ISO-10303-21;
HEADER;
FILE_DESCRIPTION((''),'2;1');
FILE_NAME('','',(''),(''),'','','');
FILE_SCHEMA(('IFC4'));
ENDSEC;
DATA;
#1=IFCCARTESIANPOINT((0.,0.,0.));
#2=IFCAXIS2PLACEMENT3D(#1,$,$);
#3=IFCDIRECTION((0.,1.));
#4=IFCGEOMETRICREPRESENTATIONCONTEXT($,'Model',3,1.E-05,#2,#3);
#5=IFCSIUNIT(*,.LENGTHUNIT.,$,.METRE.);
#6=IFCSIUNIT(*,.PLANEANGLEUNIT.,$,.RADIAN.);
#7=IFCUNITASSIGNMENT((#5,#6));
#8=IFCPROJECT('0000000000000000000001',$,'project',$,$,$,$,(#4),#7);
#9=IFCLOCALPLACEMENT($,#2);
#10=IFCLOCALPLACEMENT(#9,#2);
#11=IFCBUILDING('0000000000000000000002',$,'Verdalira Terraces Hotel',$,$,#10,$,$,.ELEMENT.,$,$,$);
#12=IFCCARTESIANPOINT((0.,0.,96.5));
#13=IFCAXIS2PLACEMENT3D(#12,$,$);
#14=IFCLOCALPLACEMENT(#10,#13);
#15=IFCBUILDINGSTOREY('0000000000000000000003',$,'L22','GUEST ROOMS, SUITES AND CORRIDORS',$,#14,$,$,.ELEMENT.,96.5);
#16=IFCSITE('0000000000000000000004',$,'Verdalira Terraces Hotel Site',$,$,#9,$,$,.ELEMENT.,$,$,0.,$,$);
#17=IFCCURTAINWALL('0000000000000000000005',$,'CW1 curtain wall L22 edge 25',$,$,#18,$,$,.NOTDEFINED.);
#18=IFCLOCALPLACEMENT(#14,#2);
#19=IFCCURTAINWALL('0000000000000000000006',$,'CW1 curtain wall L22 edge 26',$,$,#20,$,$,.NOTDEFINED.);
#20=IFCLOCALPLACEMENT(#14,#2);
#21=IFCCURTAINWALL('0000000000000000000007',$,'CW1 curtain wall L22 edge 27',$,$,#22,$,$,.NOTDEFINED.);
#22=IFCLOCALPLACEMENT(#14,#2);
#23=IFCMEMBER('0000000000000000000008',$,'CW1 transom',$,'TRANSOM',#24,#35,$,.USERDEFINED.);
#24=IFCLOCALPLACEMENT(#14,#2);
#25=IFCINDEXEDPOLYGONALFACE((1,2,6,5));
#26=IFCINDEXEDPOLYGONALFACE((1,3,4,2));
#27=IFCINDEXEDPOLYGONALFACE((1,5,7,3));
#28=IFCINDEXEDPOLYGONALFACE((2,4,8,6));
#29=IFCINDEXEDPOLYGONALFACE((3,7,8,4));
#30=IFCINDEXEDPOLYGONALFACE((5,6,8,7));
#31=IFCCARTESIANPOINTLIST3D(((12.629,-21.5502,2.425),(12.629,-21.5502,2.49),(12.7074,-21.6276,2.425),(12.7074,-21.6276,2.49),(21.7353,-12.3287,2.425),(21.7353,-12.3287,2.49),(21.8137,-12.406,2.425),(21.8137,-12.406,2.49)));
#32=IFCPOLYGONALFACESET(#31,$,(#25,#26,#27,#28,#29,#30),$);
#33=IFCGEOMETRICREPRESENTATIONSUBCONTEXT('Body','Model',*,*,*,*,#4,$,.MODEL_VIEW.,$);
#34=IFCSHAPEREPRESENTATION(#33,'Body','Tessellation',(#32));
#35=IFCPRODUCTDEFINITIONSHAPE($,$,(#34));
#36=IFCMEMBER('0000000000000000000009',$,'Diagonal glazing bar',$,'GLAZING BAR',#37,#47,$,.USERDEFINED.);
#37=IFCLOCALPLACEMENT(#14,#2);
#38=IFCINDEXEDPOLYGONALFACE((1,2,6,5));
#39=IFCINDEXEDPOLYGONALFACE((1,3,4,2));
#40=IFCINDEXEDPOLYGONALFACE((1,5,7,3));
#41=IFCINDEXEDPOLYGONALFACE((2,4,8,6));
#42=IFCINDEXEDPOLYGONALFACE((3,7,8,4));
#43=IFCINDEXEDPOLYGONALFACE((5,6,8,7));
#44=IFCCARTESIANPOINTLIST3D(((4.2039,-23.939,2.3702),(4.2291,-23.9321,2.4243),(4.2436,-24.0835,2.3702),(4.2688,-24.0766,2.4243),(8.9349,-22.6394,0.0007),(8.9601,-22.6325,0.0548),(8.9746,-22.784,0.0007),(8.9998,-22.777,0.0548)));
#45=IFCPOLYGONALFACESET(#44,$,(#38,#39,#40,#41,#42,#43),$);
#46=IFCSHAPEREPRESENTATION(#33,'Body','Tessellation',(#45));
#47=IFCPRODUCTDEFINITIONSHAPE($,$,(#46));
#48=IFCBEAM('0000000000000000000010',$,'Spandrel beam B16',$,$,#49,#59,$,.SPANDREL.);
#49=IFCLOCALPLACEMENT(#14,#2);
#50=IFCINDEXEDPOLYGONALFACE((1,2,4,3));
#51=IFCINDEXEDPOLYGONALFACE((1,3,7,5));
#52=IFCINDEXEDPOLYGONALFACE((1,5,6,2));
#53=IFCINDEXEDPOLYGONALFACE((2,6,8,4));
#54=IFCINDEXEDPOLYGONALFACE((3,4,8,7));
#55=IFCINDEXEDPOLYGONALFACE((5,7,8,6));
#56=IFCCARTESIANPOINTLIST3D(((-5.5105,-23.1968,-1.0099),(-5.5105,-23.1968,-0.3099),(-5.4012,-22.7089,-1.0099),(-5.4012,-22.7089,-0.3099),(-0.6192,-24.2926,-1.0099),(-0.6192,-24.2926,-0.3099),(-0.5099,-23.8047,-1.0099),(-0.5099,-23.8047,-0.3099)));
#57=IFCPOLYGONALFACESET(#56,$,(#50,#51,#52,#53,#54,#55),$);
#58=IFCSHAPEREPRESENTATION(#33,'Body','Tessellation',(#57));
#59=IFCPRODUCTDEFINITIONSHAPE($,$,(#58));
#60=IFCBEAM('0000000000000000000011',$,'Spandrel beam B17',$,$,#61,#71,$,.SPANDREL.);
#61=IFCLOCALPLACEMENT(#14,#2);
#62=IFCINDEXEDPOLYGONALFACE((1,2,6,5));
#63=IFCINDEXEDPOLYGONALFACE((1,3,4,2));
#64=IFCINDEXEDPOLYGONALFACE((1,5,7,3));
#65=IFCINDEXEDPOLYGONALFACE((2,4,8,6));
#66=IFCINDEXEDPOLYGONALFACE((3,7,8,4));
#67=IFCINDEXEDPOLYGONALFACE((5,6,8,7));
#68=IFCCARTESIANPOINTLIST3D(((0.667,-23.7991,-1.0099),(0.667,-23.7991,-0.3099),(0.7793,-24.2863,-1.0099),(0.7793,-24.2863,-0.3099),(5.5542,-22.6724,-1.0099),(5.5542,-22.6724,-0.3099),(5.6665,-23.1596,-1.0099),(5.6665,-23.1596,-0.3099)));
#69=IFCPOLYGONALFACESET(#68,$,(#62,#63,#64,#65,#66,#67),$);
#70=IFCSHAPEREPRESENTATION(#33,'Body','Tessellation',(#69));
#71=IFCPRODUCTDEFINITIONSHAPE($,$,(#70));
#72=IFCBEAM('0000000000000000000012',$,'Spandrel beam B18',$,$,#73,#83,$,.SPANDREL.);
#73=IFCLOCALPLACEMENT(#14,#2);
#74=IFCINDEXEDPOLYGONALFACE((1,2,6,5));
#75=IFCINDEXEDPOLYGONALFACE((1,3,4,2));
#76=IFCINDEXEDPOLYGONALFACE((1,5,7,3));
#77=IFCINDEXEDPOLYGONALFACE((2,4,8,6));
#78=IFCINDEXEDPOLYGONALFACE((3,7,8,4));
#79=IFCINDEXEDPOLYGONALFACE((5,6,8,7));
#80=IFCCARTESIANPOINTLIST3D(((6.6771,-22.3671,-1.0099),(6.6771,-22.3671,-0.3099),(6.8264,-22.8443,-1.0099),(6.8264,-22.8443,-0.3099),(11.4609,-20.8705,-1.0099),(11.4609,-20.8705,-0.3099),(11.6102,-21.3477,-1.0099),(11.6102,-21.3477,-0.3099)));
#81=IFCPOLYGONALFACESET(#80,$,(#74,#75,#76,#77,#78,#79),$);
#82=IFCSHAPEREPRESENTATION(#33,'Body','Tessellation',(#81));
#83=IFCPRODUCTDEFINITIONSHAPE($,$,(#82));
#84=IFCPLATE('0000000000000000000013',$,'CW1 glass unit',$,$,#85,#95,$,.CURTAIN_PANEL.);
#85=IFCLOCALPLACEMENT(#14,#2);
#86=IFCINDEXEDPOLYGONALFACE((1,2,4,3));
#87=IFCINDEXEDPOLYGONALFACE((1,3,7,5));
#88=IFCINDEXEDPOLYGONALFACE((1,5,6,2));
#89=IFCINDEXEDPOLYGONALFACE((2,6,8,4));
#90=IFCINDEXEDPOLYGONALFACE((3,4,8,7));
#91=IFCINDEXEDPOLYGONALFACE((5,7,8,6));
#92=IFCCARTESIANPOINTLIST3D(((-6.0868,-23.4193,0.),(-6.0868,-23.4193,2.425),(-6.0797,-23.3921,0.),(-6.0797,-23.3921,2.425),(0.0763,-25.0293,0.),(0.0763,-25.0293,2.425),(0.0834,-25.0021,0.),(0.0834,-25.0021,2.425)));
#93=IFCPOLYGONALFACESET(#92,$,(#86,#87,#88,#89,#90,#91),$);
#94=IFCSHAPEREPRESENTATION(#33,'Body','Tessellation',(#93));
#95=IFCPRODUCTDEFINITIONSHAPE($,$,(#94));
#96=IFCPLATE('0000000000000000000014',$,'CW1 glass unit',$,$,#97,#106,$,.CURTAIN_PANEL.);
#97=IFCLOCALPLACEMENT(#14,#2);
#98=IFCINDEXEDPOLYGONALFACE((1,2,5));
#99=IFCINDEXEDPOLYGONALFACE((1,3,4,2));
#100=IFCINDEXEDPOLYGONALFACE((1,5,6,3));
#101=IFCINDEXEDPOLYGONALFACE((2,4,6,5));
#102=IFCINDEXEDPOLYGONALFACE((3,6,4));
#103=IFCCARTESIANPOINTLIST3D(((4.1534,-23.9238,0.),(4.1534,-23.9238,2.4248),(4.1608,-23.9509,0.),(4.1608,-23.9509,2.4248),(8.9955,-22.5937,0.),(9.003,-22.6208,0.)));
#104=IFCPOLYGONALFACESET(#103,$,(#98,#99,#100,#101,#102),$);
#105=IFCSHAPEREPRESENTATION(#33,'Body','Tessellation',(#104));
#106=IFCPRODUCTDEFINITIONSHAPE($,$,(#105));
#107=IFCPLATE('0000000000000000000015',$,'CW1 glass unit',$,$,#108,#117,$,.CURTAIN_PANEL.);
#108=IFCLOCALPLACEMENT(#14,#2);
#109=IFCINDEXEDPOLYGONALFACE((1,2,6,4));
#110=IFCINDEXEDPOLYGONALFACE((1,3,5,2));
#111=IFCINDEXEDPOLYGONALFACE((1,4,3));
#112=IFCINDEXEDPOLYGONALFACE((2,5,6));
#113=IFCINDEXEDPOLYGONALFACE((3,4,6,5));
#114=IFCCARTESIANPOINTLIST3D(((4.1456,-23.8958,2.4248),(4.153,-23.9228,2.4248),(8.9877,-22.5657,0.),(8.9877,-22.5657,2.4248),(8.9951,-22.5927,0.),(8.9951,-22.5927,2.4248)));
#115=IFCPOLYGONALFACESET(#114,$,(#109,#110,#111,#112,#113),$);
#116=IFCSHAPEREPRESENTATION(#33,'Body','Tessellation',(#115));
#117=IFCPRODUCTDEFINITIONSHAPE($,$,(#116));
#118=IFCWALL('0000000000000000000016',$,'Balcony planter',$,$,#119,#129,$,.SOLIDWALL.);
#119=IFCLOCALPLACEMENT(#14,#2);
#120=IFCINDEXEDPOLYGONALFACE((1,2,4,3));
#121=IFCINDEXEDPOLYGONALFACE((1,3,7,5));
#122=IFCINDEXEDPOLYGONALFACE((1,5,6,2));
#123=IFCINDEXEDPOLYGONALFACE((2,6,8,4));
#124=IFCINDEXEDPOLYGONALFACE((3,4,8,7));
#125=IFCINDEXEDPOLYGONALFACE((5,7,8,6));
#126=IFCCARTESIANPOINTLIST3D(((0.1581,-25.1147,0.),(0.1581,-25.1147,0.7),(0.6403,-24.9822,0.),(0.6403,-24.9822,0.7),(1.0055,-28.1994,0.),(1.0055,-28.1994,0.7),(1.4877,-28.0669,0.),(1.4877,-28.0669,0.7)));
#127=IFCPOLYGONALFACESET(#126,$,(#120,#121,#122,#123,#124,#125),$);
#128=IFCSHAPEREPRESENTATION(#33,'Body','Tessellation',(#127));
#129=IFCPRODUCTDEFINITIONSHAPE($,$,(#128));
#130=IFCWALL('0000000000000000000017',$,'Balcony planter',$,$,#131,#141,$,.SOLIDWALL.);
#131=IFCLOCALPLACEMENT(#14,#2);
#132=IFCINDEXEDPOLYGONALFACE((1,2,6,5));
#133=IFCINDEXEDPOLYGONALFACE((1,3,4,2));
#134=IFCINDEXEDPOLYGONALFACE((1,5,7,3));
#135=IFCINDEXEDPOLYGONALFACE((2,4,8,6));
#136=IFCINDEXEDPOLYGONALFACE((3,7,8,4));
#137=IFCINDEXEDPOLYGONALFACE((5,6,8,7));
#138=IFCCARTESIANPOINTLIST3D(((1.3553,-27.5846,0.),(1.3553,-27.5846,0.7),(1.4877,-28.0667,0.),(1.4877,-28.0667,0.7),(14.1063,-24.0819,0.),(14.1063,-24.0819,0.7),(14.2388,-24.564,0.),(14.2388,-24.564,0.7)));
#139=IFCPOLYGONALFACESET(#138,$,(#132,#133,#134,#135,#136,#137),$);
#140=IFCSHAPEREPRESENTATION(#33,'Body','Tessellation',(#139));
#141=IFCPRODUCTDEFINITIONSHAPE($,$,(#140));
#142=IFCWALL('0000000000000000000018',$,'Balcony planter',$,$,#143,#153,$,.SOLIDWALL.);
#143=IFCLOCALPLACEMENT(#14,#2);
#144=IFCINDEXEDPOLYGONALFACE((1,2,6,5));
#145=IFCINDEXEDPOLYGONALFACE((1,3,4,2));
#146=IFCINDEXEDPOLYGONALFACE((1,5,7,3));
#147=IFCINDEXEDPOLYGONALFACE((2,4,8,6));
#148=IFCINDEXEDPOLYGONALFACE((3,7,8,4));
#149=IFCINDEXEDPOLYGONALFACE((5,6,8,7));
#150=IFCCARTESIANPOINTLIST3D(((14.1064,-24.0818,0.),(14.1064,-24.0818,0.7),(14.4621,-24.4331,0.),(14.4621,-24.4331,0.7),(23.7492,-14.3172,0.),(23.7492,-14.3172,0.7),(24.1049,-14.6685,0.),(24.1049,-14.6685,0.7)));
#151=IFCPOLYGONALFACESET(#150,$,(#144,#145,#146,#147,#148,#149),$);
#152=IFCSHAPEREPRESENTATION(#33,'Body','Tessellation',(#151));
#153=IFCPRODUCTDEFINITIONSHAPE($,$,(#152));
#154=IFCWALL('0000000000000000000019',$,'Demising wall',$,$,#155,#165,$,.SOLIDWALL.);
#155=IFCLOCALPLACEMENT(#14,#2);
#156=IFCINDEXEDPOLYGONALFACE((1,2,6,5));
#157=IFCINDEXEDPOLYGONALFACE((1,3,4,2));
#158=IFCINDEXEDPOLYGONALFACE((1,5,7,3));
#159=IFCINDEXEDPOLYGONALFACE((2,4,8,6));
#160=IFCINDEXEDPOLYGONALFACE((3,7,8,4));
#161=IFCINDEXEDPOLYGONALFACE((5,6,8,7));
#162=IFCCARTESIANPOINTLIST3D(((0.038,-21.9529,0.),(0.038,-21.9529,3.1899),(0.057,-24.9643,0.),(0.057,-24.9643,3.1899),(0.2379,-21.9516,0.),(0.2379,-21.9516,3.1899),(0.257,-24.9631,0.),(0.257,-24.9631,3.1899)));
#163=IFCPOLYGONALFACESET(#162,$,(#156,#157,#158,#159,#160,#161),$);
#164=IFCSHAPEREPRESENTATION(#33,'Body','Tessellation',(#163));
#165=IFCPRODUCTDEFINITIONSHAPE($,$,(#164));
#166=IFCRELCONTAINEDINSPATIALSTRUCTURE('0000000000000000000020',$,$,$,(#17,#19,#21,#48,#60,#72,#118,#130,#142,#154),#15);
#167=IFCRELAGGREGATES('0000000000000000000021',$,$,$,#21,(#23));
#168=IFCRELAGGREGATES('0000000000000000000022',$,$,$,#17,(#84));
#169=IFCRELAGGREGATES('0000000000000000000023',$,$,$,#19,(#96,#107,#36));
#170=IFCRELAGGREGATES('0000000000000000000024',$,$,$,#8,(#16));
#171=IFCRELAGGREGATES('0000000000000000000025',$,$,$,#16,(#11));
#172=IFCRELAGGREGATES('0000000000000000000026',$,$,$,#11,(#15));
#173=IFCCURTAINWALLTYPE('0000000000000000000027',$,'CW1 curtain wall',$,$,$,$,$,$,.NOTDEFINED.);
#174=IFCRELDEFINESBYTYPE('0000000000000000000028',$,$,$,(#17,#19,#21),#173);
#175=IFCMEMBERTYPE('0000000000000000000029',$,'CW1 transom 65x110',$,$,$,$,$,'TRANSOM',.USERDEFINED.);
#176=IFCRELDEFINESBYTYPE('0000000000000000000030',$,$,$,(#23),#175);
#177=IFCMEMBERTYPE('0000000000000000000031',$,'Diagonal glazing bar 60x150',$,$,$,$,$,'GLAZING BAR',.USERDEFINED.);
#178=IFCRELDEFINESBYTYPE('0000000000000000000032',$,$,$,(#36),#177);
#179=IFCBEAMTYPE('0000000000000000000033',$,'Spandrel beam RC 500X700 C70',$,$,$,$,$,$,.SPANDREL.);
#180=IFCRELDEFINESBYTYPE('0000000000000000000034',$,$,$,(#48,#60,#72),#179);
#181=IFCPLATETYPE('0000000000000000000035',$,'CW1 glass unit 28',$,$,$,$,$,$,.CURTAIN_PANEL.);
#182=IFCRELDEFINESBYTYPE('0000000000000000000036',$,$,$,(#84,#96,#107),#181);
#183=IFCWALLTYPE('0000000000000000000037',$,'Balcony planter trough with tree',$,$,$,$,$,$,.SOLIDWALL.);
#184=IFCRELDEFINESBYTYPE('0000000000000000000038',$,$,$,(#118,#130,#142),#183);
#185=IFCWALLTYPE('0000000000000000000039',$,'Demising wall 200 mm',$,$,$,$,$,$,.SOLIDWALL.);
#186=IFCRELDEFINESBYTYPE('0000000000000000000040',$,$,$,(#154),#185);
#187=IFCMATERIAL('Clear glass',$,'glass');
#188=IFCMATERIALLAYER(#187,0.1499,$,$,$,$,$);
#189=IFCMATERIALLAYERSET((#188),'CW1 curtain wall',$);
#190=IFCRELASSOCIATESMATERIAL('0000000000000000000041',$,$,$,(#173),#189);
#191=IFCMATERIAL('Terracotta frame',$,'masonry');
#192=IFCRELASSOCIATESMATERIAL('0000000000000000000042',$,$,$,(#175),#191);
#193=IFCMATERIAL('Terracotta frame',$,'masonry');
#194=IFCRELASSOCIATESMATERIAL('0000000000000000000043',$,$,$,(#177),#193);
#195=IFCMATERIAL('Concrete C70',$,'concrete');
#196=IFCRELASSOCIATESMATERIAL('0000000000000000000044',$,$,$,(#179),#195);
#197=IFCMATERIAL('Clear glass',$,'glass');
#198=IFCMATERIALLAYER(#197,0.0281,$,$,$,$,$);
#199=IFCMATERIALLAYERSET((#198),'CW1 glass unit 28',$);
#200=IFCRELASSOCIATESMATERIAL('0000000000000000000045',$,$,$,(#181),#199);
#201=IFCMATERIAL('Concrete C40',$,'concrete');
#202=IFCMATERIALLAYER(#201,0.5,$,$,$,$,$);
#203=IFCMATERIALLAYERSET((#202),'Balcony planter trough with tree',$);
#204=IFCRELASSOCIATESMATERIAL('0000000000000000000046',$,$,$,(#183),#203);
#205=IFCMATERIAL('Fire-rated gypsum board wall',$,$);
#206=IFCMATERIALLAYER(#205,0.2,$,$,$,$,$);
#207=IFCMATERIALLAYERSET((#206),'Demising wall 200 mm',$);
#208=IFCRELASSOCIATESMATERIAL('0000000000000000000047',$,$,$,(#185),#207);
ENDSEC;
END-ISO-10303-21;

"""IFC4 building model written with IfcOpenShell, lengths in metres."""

from ifc_helpers import new_model, si_unit, direction, frame, frame_2d, origin, origin_2d, place, context, subcontext, project, spatial, polyline, rectangle, outline, extrude, material, layer, layer_set, material_profile, profile_set, type_object, element, aggregate, save


model = new_model("IFC4")

# Units and contexts
model_context = context("Model", 3, precision=1e-05, world=origin(), true_north=direction((0.0, 1.0)))
body_context = subcontext(model_context, "Body", "Model", "MODEL_VIEW")
ifc_project = project(units=[si_unit("LENGTHUNIT", "METRE"), si_unit("PLANEANGLEUNIT", "RADIAN")], contexts=[model_context])

# Site, building, storey
site_placement = place(None, origin())
site = spatial("IfcSite", under=ifc_project, at=site_placement, Name="Verdalira Terraces Hotel Site", CompositionType="ELEMENT", RefElevation=0.0)
building_placement = place(site_placement, origin())
building = spatial("IfcBuilding", under=site, at=building_placement, Name="Verdalira Terraces Hotel", CompositionType="ELEMENT")
storey_placement = place(building_placement, frame((0.0, 0.0, 96.5)))
storey = spatial("IfcBuildingStorey", under=building, at=storey_placement, Name="L22", Description="GUEST ROOMS, SUITES AND CORRIDORS", CompositionType="ELEMENT", Elevation=96.5)

# Curtain wall
ifc_material_1 = material(Name="Clear glass", Category="glass")
ifc_layer_1 = layer(ifc_material_1, 0.1499)
ifc_layer_set_1 = layer_set([ifc_layer_1], Name="CW1 curtain wall")
curtain_wall_type = type_object("IfcCurtainWallType", Name="CW1 curtain wall", PredefinedType="NOTDEFINED", material=ifc_layer_set_1)
curtain_wall_1_placement = place(storey_placement, origin())
curtain_wall_1 = element("IfcCurtainWall", 1, at=curtain_wall_1_placement, inside=storey, type_object=curtain_wall_type, Name="CW1 curtain wall L22 edge 25", PredefinedType="NOTDEFINED")

# Curtain wall
curtain_wall_2_placement = place(storey_placement, origin())
curtain_wall_2 = element("IfcCurtainWall", 2, at=curtain_wall_2_placement, inside=storey, type_object=curtain_wall_type, Name="CW1 curtain wall L22 edge 26", PredefinedType="NOTDEFINED")

# Curtain wall
curtain_wall_3_placement = place(storey_placement, origin())
curtain_wall_3 = element("IfcCurtainWall", 3, at=curtain_wall_3_placement, inside=storey, type_object=curtain_wall_type, Name="CW1 curtain wall L22 edge 27", PredefinedType="NOTDEFINED")

# Members
ifc_material_2 = material(Name="Terracotta frame", Category="masonry")
ifc_material_profile_1 = material_profile(ifc_material_2, rectangle(XDim=0.1101, YDim=0.0649, at=origin_2d()), Name="TR 65x110")
ifc_profile_set_1 = profile_set([ifc_material_profile_1], Name="Terracotta frame")
member_type_1 = type_object("IfcMemberType", Name="CW1 transom 65x110", ElementType="TRANSOM", PredefinedType="USERDEFINED", material=ifc_profile_set_1)
member_1_placement = place(storey_placement, frame((12.6682, -21.5889, 2.4575), z_axis=(0.702647, 0.711539, 0.0), x_axis=(-0.711539, 0.702647, 0.0)))
member_1 = element("IfcMember", 4, at=member_1_placement, type_object=member_type_1, Name="CW1 transom", ObjectType="TRANSOM", PredefinedType="USERDEFINED", context=body_context, shape_type="SweptSolid", body=[
    extrude(rectangle(XDim=0.1101, YDim=0.0649, at=origin_2d()), origin(), (0.0, 0.0, 1.0), 12.96),
])
aggregate(curtain_wall_3, [member_1])
ifc_material_3 = material(Name="Terracotta frame", Category="masonry")
ifc_material_profile_2 = material_profile(ifc_material_3, rectangle(XDim=0.1499, YDim=0.0601, at=origin_2d()), Name="GB 60x150")
ifc_profile_set_2 = profile_set([ifc_material_profile_2], Name="Terracotta frame")
member_type_2 = type_object("IfcMemberType", Name="Diagonal glazing bar 60x150", ElementType="GLAZING BAR", PredefinedType="USERDEFINED", material=ifc_profile_set_2)
member_2_placement = place(storey_placement, frame((4.2363, -24.0078, 2.3972), z_axis=(0.868324, 0.238523, -0.434879), x_axis=(-0.264881, 0.964281, 0.0)))
member_2 = element("IfcMember", 5, at=member_2_placement, type_object=member_type_2, Name="Diagonal glazing bar", ObjectType="GLAZING BAR", PredefinedType="USERDEFINED", context=body_context, shape_type="SweptSolid", body=[
    extrude(rectangle(XDim=0.1499, YDim=0.0601, at=origin_2d()), origin(), (0.0, 0.0, 1.0), 5.4485),
])

# Beams
ifc_material_4 = material(Name="Concrete C70", Category="concrete")
ifc_material_profile_3 = material_profile(ifc_material_4, rectangle(XDim=0.5, YDim=0.7, at=origin_2d()), Name="RC 500X700")
ifc_profile_set_3 = profile_set([ifc_material_profile_3], Name="Concrete C70")
beam_type_1 = type_object("IfcBeamType", Name="Spandrel beam RC 500X700 C70", PredefinedType="SPANDREL", material=ifc_profile_set_3)
beam_1_placement = place(storey_placement, frame((-5.4558, -22.9529, -0.6599), z_axis=(0.975814, -0.218601, 0.0), x_axis=(0.218601, 0.975814, 0.0)))
element("IfcBeam", 6, at=beam_1_placement, inside=storey, type_object=beam_type_1, Name="Spandrel beam B16", PredefinedType="SPANDREL", context=body_context, shape_type="SweptSolid", body=[
    extrude(rectangle(XDim=0.5, YDim=0.7, at=origin_2d()), origin(), (0.0, 0.0, 1.0), 5.0125),
])
beam_2_placement = place(storey_placement, frame((0.7231, -24.0427, -0.6599), z_axis=(0.97444, 0.22465, 0.0), x_axis=(-0.22465, 0.97444, 0.0)))
element("IfcBeam", 7, at=beam_2_placement, inside=storey, type_object=beam_type_1, Name="Spandrel beam B17", PredefinedType="SPANDREL", context=body_context, shape_type="SweptSolid", body=[
    extrude(rectangle(XDim=0.5, YDim=0.7, at=origin_2d()), origin(), (0.0, 0.0, 1.0), 5.0154),
])
beam_3_placement = place(storey_placement, frame((6.7517, -22.6057, -0.6599), z_axis=(0.954385, 0.29858, 0.0), x_axis=(-0.29858, 0.954385, 0.0)))
element("IfcBeam", 8, at=beam_3_placement, inside=storey, type_object=beam_type_1, Name="Spandrel beam B18", PredefinedType="SPANDREL", context=body_context, shape_type="SweptSolid", body=[
    extrude(rectangle(XDim=0.5, YDim=0.7, at=origin_2d()), origin(), (0.0, 0.0, 1.0), 5.0125),
])

# Plates
ifc_material_5 = material(Name="Clear glass", Category="glass")
ifc_layer_2 = layer(ifc_material_5, 0.0281)
ifc_layer_set_2 = layer_set([ifc_layer_2], Name="CW1 glass unit 28")
plate_type = type_object("IfcPlateType", Name="CW1 glass unit 28", PredefinedType="CURTAIN_PANEL", material=ifc_layer_set_2)
plate_1_placement = place(storey_placement, frame((-3.0017, -24.2107, 0.0), z_axis=(0.0, 0.0, 1.0), x_axis=(0.967533, -0.252745, 0.0)))
plate_1 = element("IfcPlate", 9, at=plate_1_placement, type_object=plate_type, Name="CW1 glass unit", PredefinedType="CURTAIN_PANEL", context=body_context, shape_type="SweptSolid", body=[
    extrude(rectangle(XDim=6.3699, YDim=0.0281, at=origin_2d()), origin(), (0.0, 0.0, 1.0), 2.425),
])
aggregate(curtain_wall_1, [plate_1])
plate_2_placement = place(storey_placement, frame((6.5745, -23.2588, 1.2124), z_axis=(0.264883, -0.964281, 0.0), x_axis=(0.964281, 0.264883, 0.0)))
plate_2 = element("IfcPlate", 10, at=plate_2_placement, type_object=plate_type, Name="CW1 glass unit", PredefinedType="CURTAIN_PANEL", context=body_context, shape_type="SweptSolid", body=[
    extrude(outline(polyline([(-2.5107, -1.2124), (2.5107, -1.2124), (-2.5107, 1.2124), (-2.5107, -1.2124)])), origin(), (0.0, 0.0, 1.0), 0.0281),
])
plate_3_placement = place(storey_placement, frame((6.5667, -23.2307, 1.2124), z_axis=(0.264883, -0.964281, 0.0), x_axis=(0.964281, 0.264883, 0.0)))
plate_3 = element("IfcPlate", 11, at=plate_3_placement, type_object=plate_type, Name="CW1 glass unit", PredefinedType="CURTAIN_PANEL", context=body_context, shape_type="SweptSolid", body=[
    extrude(outline(polyline([(2.5107, -1.2124), (2.5107, 1.2124), (-2.5107, 1.2124), (2.5107, -1.2124)])), origin(), (0.0, 0.0, 1.0), 0.0281),
])
aggregate(curtain_wall_2, [plate_2, plate_3, member_2])

# Walls
ifc_material_6 = material(Name="Concrete C40", Category="concrete")
ifc_layer_3 = layer(ifc_material_6, 0.5)
ifc_layer_set_3 = layer_set([ifc_layer_3], Name="Balcony planter trough with tree")
wall_type_1 = type_object("IfcWallType", Name="Balcony planter trough with tree", PredefinedType="SOLIDWALL", material=ifc_layer_set_3)
wall_1_placement = place(storey_placement, frame((0.3992, -25.0483, 0.0), z_axis=(0.0, 0.0, 1.0), x_axis=(0.264899, -0.964276, 0.0)))
element("IfcWall", 12, at=wall_1_placement, inside=storey, type_object=wall_type_1, Name="Balcony planter", PredefinedType="SOLIDWALL", context=body_context, shape_type="SweptSolid", body=[
    extrude(rectangle(XDim=3.199, YDim=0.5, at=frame_2d((1.5996, 0.0))), origin(), (0.0, 0.0, 1.0), 0.7),
])
wall_2_placement = place(storey_placement, frame((1.4214, -27.8257, 0.0), z_axis=(0.0, 0.0, 1.0), x_axis=(0.964279, 0.264887, 0.0)))
element("IfcWall", 13, at=wall_2_placement, inside=storey, type_object=wall_type_1, Name="Balcony planter", PredefinedType="SOLIDWALL", context=body_context, shape_type="SweptSolid", body=[
    extrude(rectangle(XDim=13.2234, YDim=0.5, at=frame_2d((6.6118, 0.0))), origin(), (0.0, 0.0, 1.0), 0.7),
])
wall_3_placement = place(storey_placement, frame((14.2842, -24.2576, 0.0), z_axis=(0.0, 0.0, 1.0), x_axis=(0.702654, 0.711531, 0.0)))
element("IfcWall", 14, at=wall_3_placement, inside=storey, type_object=wall_type_1, Name="Balcony planter", PredefinedType="SOLIDWALL", context=body_context, shape_type="SweptSolid", body=[
    extrude(rectangle(XDim=13.7234, YDim=0.5, at=frame_2d((6.8618, 0.0))), origin(), (0.0, 0.0, 1.0), 0.7),
])
ifc_material_7 = material(Name="Fire-rated gypsum board wall")
ifc_layer_4 = layer(ifc_material_7, 0.2)
ifc_layer_set_4 = layer_set([ifc_layer_4], Name="Demising wall 200 mm")
wall_type_2 = type_object("IfcWallType", Name="Demising wall 200 mm", PredefinedType="SOLIDWALL", material=ifc_layer_set_4)
wall_4_placement = place(storey_placement, frame((0.1379, -21.9521, 0.0), z_axis=(0.0, 0.0, 1.0), x_axis=(0.006323, -0.99998, 0.0)))
element("IfcWall", 15, at=wall_4_placement, inside=storey, type_object=wall_type_2, Name="Demising wall", PredefinedType="SOLIDWALL", context=body_context, shape_type="SweptSolid", body=[
    extrude(rectangle(XDim=3.0115, YDim=0.2, at=frame_2d((1.5059, 0.0))), origin(), (0.0, 0.0, 1.0), 3.1899),
])

save(model, "model.ifc")
